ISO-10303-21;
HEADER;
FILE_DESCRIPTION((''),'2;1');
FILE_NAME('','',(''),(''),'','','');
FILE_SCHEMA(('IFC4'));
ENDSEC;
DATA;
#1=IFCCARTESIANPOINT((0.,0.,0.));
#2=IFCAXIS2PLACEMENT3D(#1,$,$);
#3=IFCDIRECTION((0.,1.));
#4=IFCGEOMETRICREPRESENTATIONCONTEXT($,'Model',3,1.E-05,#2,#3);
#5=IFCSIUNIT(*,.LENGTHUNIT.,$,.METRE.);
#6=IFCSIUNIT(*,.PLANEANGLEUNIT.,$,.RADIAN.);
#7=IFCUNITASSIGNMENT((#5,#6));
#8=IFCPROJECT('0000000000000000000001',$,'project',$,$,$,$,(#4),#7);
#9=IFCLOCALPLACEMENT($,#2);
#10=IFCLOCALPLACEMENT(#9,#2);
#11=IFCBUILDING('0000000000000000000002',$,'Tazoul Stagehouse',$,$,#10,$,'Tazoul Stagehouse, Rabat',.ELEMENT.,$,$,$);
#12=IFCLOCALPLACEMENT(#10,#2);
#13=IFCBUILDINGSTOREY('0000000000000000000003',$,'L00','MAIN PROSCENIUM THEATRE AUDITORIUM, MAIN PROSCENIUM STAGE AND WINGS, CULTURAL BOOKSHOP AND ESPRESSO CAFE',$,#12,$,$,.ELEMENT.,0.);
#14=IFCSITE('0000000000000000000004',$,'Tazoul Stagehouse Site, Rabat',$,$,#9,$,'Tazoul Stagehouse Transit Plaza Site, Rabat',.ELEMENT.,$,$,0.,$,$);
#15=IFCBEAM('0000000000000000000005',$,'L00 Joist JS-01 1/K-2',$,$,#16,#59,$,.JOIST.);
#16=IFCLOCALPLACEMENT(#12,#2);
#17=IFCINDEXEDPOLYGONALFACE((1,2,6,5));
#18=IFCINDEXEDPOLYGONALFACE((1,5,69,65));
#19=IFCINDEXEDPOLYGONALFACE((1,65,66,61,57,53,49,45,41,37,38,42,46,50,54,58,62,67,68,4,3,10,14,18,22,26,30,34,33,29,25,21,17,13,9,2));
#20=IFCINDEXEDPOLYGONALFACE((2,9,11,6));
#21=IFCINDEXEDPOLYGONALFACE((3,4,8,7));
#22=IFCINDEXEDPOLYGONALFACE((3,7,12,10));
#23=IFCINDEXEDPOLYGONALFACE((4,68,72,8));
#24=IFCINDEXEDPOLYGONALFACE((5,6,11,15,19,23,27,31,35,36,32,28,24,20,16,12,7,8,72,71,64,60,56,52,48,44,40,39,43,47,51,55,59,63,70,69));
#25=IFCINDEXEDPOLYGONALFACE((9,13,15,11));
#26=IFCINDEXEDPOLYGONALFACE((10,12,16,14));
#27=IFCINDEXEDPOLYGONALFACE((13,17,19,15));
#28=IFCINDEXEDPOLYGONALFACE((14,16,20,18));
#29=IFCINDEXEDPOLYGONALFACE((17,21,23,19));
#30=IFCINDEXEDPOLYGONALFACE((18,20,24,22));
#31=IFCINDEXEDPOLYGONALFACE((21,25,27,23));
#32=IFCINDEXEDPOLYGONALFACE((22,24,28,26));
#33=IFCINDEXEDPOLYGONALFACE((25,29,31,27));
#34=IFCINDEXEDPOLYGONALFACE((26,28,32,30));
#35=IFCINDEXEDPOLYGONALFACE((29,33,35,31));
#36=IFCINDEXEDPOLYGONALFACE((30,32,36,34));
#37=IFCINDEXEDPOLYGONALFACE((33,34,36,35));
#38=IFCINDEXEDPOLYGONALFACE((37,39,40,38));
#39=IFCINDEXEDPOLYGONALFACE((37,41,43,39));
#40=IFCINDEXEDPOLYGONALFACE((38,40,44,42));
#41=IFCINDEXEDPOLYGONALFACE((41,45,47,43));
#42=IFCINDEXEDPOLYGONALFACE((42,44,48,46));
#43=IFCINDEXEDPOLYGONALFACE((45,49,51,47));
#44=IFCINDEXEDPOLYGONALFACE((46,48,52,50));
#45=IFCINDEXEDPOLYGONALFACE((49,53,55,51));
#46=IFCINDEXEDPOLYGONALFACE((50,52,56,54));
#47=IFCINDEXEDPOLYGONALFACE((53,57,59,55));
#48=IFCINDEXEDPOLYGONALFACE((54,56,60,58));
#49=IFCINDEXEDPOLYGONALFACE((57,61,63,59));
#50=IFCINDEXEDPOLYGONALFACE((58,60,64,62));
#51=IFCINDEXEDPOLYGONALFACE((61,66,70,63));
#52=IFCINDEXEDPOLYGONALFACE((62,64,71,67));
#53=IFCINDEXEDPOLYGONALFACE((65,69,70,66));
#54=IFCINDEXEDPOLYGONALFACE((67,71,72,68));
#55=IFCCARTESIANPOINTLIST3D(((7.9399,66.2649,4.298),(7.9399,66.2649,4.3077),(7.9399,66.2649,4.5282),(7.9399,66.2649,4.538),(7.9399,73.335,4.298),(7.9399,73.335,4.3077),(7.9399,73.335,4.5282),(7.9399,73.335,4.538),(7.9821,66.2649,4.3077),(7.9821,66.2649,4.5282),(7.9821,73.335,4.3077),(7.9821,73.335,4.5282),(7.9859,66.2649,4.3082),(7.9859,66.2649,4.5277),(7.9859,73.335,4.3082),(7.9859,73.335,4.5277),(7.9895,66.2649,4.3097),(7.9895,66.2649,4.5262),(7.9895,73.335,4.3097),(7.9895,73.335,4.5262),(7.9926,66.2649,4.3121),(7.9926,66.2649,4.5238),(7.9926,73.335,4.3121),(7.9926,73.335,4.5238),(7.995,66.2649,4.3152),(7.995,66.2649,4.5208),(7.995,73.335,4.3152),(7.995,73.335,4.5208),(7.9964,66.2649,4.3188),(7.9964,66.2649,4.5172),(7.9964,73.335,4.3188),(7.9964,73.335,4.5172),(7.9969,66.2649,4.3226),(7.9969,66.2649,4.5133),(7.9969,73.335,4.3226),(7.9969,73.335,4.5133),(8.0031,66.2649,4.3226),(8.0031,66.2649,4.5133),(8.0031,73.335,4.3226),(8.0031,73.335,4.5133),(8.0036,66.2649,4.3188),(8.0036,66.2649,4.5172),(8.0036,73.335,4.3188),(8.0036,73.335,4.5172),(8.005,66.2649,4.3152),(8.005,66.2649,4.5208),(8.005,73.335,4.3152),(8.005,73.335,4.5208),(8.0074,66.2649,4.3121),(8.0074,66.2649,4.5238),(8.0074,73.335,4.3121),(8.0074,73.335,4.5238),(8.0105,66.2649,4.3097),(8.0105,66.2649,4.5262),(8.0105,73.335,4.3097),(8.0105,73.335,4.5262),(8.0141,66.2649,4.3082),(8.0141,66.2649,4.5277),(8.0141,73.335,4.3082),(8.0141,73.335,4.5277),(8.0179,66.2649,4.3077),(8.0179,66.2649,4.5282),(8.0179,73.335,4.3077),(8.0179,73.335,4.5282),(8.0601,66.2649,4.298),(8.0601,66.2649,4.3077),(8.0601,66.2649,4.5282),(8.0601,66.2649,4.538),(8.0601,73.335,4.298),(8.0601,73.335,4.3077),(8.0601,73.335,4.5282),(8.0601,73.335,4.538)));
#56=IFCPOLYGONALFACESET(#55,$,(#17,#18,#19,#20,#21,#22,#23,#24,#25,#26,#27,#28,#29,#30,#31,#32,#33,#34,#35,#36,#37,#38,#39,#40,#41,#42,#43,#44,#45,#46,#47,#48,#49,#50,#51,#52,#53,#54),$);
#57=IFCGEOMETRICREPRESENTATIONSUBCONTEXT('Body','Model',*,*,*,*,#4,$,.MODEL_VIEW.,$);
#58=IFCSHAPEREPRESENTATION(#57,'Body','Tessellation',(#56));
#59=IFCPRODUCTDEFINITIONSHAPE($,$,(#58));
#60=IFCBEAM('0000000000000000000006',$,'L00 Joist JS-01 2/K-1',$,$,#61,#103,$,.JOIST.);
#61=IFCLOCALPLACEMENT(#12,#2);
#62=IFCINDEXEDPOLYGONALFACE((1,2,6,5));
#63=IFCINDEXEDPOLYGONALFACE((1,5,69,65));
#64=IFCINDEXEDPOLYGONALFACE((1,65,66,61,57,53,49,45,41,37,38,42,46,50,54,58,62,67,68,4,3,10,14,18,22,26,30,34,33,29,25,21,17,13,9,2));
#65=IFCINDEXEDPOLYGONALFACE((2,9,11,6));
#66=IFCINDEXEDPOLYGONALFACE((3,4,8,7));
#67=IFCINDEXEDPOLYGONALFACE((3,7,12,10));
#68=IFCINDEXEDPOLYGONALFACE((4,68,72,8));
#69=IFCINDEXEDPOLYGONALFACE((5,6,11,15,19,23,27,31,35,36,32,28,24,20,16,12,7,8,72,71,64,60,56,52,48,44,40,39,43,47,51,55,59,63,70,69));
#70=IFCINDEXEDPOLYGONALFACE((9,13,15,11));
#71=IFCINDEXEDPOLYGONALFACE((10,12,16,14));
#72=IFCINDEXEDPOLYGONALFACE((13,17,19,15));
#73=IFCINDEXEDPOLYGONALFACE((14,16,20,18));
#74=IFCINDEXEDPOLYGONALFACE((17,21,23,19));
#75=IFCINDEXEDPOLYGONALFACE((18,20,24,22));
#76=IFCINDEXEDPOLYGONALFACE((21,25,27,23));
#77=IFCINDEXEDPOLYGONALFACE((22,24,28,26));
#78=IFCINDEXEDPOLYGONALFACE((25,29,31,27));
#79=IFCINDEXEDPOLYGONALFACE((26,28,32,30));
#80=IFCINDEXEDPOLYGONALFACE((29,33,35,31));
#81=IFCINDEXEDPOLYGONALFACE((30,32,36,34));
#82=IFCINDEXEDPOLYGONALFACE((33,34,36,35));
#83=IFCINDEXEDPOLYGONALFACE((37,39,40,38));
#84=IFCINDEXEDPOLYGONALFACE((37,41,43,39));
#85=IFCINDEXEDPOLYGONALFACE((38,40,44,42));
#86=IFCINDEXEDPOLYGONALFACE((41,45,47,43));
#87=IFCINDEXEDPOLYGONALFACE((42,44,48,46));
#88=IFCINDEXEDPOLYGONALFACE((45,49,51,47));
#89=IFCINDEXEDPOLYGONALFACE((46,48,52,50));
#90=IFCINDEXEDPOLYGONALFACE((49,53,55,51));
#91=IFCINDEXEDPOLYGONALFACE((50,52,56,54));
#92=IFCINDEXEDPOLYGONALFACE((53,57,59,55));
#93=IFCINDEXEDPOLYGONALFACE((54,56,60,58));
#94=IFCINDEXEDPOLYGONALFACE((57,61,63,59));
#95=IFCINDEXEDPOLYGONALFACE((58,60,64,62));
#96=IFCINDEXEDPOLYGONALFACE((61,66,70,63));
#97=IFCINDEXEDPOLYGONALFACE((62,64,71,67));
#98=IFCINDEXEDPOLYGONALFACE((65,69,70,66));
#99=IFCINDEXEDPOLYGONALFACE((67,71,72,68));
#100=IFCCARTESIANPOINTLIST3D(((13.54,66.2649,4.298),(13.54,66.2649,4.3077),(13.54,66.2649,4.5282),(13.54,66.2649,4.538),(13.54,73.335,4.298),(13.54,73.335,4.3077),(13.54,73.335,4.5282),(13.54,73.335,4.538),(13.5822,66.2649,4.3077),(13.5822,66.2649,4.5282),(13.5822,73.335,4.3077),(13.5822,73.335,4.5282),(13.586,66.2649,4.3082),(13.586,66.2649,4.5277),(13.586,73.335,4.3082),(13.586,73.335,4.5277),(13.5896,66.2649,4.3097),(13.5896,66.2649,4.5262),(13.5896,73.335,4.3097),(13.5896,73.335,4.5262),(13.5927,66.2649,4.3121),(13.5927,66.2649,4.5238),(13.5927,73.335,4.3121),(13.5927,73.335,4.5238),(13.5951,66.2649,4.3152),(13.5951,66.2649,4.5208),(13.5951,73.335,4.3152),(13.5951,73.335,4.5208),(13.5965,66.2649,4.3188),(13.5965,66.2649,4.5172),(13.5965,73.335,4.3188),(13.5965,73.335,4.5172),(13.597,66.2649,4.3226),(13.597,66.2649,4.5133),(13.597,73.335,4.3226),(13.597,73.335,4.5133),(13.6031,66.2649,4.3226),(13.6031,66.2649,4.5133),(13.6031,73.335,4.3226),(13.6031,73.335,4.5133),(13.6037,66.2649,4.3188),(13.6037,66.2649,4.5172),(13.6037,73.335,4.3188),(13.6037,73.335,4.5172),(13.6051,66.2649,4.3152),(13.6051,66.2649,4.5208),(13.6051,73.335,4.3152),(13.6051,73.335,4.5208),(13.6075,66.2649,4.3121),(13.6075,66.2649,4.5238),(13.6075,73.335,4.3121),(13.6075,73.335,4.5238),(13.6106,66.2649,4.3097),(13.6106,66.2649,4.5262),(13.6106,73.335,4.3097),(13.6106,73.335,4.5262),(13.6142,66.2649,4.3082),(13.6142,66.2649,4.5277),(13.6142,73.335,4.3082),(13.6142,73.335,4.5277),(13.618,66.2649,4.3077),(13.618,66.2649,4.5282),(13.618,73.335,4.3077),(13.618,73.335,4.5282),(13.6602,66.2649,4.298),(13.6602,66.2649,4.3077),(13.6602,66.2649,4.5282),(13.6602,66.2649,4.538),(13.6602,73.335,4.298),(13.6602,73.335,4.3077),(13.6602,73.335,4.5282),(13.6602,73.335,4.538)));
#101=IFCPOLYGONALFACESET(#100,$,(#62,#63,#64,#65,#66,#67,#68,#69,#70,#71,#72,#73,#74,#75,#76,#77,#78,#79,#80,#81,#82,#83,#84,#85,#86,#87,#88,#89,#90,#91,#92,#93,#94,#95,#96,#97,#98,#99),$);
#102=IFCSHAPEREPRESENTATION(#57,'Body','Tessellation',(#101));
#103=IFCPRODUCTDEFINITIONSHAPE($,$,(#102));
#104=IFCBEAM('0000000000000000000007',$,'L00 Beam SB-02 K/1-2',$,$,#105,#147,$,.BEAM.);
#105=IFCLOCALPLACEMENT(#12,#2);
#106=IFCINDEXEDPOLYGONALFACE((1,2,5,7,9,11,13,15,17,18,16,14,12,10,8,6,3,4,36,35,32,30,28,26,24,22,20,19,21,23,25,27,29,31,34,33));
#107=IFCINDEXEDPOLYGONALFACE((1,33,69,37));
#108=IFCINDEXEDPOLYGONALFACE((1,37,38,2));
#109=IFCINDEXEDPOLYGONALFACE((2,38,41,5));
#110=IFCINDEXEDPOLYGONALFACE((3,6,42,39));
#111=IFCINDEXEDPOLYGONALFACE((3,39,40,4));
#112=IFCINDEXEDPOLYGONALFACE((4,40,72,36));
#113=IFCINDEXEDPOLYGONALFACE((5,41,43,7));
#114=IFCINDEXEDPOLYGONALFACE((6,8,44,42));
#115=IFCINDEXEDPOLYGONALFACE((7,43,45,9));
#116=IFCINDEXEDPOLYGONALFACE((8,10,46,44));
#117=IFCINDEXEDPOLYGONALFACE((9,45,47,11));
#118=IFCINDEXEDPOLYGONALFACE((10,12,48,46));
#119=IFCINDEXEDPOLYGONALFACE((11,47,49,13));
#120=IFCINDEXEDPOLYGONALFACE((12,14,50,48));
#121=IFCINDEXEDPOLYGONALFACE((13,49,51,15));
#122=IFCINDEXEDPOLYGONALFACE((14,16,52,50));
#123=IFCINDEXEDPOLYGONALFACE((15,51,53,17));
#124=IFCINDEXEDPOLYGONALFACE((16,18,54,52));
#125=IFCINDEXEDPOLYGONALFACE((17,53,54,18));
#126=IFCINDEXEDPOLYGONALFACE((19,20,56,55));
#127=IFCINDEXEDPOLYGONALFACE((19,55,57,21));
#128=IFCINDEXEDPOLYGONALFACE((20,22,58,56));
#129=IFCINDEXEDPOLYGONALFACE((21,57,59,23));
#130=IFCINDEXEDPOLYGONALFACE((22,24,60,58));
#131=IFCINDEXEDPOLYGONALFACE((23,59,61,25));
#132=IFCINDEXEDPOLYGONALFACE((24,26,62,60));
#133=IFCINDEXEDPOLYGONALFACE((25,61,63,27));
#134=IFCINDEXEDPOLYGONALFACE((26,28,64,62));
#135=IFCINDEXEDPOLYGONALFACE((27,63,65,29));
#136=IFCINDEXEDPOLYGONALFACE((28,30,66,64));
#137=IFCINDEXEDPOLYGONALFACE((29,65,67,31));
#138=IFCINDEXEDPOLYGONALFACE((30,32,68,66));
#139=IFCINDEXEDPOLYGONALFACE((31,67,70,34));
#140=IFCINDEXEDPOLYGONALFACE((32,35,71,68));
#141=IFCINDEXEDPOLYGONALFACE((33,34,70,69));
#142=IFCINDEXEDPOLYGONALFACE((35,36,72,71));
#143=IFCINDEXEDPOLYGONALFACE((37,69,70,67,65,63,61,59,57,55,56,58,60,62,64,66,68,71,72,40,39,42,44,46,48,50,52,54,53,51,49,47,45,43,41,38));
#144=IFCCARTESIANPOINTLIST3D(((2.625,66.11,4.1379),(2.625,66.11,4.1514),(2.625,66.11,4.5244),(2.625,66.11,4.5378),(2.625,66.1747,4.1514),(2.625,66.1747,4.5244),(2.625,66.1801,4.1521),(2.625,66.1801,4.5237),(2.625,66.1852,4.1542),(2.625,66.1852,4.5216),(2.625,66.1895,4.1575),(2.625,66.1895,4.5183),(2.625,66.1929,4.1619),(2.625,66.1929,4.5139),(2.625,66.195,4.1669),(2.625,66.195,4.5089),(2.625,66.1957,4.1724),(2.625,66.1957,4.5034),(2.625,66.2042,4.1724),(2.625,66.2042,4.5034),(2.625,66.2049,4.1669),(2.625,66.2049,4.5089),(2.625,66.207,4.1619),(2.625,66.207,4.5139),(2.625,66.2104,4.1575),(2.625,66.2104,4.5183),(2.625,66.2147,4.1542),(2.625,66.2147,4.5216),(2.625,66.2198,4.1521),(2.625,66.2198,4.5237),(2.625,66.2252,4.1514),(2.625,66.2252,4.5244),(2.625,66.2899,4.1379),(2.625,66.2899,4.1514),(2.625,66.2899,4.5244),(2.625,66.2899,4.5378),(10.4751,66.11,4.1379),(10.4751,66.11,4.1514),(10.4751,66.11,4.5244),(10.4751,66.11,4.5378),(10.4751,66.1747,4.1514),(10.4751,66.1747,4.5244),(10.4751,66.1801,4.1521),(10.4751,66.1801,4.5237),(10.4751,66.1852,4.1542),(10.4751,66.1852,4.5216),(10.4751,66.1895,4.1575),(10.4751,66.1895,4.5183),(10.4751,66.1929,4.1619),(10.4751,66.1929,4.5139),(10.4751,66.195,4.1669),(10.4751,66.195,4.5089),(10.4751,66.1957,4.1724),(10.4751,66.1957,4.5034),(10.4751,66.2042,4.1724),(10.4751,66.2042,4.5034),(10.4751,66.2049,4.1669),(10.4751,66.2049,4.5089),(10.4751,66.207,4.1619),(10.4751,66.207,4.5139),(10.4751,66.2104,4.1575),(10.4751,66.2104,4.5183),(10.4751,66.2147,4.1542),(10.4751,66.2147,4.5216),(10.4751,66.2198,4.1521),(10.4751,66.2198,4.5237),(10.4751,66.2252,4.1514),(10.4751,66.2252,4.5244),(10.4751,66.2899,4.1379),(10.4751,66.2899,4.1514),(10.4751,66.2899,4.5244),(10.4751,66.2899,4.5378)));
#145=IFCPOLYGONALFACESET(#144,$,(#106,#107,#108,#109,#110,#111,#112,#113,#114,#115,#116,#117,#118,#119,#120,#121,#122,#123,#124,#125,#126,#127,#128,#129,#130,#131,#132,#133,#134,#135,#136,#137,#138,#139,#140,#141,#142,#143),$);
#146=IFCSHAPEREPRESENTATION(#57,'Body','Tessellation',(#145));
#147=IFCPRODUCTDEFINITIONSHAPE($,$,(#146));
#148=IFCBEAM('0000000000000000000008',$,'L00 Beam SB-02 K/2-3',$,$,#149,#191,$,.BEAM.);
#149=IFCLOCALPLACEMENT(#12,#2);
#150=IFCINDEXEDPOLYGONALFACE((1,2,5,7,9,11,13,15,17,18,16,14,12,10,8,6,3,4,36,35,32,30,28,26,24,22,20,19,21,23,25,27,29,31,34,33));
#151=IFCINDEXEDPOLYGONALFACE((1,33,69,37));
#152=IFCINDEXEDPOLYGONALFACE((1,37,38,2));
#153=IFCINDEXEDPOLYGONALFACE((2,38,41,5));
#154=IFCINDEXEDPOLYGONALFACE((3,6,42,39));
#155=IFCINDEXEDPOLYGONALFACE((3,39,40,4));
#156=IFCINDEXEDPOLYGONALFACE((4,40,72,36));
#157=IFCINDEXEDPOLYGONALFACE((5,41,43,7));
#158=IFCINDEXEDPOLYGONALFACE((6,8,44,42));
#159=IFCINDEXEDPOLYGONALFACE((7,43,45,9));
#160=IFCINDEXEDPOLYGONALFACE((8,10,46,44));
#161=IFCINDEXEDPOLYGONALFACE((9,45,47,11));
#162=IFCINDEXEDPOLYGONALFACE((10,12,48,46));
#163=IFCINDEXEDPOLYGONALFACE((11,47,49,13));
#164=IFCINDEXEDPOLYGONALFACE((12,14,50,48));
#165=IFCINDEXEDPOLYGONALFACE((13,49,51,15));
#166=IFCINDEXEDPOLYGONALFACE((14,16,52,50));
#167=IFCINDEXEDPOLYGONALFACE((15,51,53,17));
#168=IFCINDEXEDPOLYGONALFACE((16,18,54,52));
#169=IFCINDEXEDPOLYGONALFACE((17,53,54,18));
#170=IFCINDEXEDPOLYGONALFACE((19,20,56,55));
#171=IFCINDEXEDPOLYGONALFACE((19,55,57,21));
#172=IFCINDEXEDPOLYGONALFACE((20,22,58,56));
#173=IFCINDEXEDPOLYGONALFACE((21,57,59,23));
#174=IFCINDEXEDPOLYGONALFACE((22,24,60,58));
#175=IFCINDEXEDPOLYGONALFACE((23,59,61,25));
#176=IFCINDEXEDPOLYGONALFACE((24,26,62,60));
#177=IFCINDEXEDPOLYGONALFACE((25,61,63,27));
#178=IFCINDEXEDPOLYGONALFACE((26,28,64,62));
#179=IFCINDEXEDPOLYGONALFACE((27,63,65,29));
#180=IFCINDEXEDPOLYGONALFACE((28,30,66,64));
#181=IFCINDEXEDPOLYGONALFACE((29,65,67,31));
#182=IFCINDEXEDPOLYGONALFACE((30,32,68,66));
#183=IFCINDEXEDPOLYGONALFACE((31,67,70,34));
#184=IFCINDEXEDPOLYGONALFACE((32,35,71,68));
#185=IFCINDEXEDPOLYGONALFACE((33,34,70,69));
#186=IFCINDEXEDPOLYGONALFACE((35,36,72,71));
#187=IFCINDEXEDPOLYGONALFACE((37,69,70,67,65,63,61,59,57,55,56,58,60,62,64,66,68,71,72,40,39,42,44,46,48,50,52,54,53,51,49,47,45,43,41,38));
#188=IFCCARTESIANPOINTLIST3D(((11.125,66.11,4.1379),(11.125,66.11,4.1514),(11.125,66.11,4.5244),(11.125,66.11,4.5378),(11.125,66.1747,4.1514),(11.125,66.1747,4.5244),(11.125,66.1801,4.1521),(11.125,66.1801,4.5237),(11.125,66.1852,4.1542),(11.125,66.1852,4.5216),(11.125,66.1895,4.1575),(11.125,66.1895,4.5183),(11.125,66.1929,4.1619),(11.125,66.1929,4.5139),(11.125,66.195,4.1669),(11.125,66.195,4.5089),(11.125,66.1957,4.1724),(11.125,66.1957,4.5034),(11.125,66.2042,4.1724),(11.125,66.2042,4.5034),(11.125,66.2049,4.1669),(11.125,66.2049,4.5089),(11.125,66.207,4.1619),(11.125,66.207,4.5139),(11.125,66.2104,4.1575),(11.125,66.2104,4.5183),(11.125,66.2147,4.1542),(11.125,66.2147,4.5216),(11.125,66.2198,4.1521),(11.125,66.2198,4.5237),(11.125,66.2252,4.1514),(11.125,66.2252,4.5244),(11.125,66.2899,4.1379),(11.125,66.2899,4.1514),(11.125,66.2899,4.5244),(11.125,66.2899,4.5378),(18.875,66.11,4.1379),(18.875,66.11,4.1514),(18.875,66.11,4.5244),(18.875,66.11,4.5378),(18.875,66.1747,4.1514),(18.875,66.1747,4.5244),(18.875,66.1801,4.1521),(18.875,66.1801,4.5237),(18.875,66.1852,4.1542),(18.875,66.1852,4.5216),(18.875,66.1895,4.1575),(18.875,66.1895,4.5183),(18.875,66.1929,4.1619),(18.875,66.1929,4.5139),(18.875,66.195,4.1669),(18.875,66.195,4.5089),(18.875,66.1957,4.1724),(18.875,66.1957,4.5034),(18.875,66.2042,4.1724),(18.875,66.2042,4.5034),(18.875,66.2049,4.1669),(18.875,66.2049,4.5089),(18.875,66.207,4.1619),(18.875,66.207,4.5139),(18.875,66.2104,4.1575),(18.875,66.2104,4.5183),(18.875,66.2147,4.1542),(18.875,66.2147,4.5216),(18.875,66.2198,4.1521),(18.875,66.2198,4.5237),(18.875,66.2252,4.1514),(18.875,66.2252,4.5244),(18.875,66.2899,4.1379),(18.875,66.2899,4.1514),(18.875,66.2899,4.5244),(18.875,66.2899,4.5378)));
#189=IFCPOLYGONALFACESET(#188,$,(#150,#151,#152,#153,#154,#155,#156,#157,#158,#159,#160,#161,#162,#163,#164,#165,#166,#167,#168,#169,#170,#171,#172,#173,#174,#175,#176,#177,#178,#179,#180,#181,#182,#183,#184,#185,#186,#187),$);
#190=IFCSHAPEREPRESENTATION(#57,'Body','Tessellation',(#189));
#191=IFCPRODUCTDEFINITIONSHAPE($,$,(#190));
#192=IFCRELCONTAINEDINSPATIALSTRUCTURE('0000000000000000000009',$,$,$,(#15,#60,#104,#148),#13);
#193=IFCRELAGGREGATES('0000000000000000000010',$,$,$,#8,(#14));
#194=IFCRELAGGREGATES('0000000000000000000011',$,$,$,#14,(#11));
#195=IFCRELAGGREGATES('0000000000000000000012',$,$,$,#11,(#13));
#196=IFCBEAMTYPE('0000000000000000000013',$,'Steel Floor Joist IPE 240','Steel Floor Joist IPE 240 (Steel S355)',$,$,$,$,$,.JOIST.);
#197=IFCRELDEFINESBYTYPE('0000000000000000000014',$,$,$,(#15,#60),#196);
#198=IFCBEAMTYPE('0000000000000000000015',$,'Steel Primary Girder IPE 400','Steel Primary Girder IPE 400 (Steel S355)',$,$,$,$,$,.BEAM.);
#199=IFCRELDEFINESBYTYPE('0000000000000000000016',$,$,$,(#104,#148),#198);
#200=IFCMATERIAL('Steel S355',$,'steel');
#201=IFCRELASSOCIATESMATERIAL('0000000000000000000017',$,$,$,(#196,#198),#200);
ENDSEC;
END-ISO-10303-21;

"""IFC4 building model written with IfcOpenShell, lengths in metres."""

from ifc_helpers import new_model, si_unit, direction, frame, origin, origin_2d, place, context, subcontext, project, spatial, i_section, extrude, material, material_profile, profile_set, type_object, element, save


model = new_model("IFC4")

# Units and contexts
model_context = context("Model", 3, precision=1e-05, world=origin(), true_north=direction((0.0, 1.0)))
body_context = subcontext(model_context, "Body", "Model", "MODEL_VIEW")
ifc_project = project(units=[si_unit("LENGTHUNIT", "METRE"), si_unit("PLANEANGLEUNIT", "RADIAN")], contexts=[model_context])

# Site, building, storey
site_placement = place(None, origin())
site = spatial("IfcSite", under=ifc_project, at=site_placement, Name="Tazoul Stagehouse Site, Rabat", LongName="Tazoul Stagehouse Transit Plaza Site, Rabat", CompositionType="ELEMENT", RefElevation=0.0)
building_placement = place(site_placement, origin())
building = spatial("IfcBuilding", under=site, at=building_placement, Name="Tazoul Stagehouse", LongName="Tazoul Stagehouse, Rabat", CompositionType="ELEMENT")
storey_placement = place(building_placement, origin())
storey = spatial("IfcBuildingStorey", under=building, at=storey_placement, Name="L00", Description="MAIN PROSCENIUM THEATRE AUDITORIUM, MAIN PROSCENIUM STAGE AND WINGS, CULTURAL BOOKSHOP AND ESPRESSO CAFE", CompositionType="ELEMENT", Elevation=0.0)

# Beams
ifc_material_1 = material(Name="Steel S355", Category="steel")
ifc_material_profile_1 = material_profile(ifc_material_1, i_section(OverallWidth=0.1201, OverallDepth=0.24, WebThickness=0.0061, FlangeThickness=0.0098, FilletRadius=0.0149, at=origin_2d()), Name="IPE 240")
ifc_profile_set_1 = profile_set([ifc_material_profile_1], Name="Steel S355")
beam_type_1 = type_object("IfcBeamType", Name="Steel Floor Joist IPE 240", Description="Steel Floor Joist IPE 240 (Steel S355)", PredefinedType="JOIST", material=ifc_profile_set_1)
for number, where, z_axis, x_axis, name in (
    (1, (8.0, 66.2649, 4.418), (0.0, 1.0, 0.0), (-1.0, 0.0, 0.0), "L00 Joist JS-01 1/K-2"),
    (2, (13.6001, 66.2649, 4.418), (0.0, 1.0, 0.0), (-1.0, 0.0, 0.0), "L00 Joist JS-01 2/K-1"),
):
    element("IfcBeam", number, at=place(storey_placement, frame(where, z_axis=z_axis, x_axis=x_axis)), inside=storey, type_object=beam_type_1, Name=name, PredefinedType="JOIST", context=body_context, shape_type="SweptSolid", body=[
        extrude(i_section(OverallWidth=0.1201, OverallDepth=0.24, WebThickness=0.0061, FlangeThickness=0.0098, FilletRadius=0.0149, at=origin_2d()), origin(), (0.0, 0.0, 1.0), 7.0701),
    ])
ifc_material_profile_2 = material_profile(ifc_material_1, i_section(OverallWidth=0.1799, OverallDepth=0.3999, WebThickness=0.0085, FlangeThickness=0.0134, FilletRadius=0.021, at=origin_2d()), Name="IPE 400")
ifc_profile_set_2 = profile_set([ifc_material_profile_2], Name="Steel S355")
beam_type_2 = type_object("IfcBeamType", Name="Steel Primary Girder IPE 400", Description="Steel Primary Girder IPE 400 (Steel S355)", PredefinedType="BEAM", material=ifc_profile_set_2)
beam_1_placement = place(storey_placement, frame((2.625, 66.2, 4.3379), z_axis=(1.0, 0.0, 0.0), x_axis=(0.0, 1.0, 0.0)))
element("IfcBeam", 3, at=beam_1_placement, inside=storey, type_object=beam_type_2, Name="L00 Beam SB-02 K/1-2", PredefinedType="BEAM", context=body_context, shape_type="SweptSolid", body=[
    extrude(i_section(OverallWidth=0.1799, OverallDepth=0.3999, WebThickness=0.0085, FlangeThickness=0.0134, FilletRadius=0.021, at=origin_2d()), origin(), (0.0, 0.0, 1.0), 7.8501),
])
beam_2_placement = place(storey_placement, frame((11.125, 66.2, 4.3379), z_axis=(1.0, 0.0, 0.0), x_axis=(0.0, 1.0, 0.0)))
element("IfcBeam", 4, at=beam_2_placement, inside=storey, type_object=beam_type_2, Name="L00 Beam SB-02 K/2-3", PredefinedType="BEAM", context=body_context, shape_type="SweptSolid", body=[
    extrude(i_section(OverallWidth=0.1799, OverallDepth=0.3999, WebThickness=0.0085, FlangeThickness=0.0134, FilletRadius=0.021, at=origin_2d()), origin(), (0.0, 0.0, 1.0), 7.75),
])

save(model, "model.ifc")
